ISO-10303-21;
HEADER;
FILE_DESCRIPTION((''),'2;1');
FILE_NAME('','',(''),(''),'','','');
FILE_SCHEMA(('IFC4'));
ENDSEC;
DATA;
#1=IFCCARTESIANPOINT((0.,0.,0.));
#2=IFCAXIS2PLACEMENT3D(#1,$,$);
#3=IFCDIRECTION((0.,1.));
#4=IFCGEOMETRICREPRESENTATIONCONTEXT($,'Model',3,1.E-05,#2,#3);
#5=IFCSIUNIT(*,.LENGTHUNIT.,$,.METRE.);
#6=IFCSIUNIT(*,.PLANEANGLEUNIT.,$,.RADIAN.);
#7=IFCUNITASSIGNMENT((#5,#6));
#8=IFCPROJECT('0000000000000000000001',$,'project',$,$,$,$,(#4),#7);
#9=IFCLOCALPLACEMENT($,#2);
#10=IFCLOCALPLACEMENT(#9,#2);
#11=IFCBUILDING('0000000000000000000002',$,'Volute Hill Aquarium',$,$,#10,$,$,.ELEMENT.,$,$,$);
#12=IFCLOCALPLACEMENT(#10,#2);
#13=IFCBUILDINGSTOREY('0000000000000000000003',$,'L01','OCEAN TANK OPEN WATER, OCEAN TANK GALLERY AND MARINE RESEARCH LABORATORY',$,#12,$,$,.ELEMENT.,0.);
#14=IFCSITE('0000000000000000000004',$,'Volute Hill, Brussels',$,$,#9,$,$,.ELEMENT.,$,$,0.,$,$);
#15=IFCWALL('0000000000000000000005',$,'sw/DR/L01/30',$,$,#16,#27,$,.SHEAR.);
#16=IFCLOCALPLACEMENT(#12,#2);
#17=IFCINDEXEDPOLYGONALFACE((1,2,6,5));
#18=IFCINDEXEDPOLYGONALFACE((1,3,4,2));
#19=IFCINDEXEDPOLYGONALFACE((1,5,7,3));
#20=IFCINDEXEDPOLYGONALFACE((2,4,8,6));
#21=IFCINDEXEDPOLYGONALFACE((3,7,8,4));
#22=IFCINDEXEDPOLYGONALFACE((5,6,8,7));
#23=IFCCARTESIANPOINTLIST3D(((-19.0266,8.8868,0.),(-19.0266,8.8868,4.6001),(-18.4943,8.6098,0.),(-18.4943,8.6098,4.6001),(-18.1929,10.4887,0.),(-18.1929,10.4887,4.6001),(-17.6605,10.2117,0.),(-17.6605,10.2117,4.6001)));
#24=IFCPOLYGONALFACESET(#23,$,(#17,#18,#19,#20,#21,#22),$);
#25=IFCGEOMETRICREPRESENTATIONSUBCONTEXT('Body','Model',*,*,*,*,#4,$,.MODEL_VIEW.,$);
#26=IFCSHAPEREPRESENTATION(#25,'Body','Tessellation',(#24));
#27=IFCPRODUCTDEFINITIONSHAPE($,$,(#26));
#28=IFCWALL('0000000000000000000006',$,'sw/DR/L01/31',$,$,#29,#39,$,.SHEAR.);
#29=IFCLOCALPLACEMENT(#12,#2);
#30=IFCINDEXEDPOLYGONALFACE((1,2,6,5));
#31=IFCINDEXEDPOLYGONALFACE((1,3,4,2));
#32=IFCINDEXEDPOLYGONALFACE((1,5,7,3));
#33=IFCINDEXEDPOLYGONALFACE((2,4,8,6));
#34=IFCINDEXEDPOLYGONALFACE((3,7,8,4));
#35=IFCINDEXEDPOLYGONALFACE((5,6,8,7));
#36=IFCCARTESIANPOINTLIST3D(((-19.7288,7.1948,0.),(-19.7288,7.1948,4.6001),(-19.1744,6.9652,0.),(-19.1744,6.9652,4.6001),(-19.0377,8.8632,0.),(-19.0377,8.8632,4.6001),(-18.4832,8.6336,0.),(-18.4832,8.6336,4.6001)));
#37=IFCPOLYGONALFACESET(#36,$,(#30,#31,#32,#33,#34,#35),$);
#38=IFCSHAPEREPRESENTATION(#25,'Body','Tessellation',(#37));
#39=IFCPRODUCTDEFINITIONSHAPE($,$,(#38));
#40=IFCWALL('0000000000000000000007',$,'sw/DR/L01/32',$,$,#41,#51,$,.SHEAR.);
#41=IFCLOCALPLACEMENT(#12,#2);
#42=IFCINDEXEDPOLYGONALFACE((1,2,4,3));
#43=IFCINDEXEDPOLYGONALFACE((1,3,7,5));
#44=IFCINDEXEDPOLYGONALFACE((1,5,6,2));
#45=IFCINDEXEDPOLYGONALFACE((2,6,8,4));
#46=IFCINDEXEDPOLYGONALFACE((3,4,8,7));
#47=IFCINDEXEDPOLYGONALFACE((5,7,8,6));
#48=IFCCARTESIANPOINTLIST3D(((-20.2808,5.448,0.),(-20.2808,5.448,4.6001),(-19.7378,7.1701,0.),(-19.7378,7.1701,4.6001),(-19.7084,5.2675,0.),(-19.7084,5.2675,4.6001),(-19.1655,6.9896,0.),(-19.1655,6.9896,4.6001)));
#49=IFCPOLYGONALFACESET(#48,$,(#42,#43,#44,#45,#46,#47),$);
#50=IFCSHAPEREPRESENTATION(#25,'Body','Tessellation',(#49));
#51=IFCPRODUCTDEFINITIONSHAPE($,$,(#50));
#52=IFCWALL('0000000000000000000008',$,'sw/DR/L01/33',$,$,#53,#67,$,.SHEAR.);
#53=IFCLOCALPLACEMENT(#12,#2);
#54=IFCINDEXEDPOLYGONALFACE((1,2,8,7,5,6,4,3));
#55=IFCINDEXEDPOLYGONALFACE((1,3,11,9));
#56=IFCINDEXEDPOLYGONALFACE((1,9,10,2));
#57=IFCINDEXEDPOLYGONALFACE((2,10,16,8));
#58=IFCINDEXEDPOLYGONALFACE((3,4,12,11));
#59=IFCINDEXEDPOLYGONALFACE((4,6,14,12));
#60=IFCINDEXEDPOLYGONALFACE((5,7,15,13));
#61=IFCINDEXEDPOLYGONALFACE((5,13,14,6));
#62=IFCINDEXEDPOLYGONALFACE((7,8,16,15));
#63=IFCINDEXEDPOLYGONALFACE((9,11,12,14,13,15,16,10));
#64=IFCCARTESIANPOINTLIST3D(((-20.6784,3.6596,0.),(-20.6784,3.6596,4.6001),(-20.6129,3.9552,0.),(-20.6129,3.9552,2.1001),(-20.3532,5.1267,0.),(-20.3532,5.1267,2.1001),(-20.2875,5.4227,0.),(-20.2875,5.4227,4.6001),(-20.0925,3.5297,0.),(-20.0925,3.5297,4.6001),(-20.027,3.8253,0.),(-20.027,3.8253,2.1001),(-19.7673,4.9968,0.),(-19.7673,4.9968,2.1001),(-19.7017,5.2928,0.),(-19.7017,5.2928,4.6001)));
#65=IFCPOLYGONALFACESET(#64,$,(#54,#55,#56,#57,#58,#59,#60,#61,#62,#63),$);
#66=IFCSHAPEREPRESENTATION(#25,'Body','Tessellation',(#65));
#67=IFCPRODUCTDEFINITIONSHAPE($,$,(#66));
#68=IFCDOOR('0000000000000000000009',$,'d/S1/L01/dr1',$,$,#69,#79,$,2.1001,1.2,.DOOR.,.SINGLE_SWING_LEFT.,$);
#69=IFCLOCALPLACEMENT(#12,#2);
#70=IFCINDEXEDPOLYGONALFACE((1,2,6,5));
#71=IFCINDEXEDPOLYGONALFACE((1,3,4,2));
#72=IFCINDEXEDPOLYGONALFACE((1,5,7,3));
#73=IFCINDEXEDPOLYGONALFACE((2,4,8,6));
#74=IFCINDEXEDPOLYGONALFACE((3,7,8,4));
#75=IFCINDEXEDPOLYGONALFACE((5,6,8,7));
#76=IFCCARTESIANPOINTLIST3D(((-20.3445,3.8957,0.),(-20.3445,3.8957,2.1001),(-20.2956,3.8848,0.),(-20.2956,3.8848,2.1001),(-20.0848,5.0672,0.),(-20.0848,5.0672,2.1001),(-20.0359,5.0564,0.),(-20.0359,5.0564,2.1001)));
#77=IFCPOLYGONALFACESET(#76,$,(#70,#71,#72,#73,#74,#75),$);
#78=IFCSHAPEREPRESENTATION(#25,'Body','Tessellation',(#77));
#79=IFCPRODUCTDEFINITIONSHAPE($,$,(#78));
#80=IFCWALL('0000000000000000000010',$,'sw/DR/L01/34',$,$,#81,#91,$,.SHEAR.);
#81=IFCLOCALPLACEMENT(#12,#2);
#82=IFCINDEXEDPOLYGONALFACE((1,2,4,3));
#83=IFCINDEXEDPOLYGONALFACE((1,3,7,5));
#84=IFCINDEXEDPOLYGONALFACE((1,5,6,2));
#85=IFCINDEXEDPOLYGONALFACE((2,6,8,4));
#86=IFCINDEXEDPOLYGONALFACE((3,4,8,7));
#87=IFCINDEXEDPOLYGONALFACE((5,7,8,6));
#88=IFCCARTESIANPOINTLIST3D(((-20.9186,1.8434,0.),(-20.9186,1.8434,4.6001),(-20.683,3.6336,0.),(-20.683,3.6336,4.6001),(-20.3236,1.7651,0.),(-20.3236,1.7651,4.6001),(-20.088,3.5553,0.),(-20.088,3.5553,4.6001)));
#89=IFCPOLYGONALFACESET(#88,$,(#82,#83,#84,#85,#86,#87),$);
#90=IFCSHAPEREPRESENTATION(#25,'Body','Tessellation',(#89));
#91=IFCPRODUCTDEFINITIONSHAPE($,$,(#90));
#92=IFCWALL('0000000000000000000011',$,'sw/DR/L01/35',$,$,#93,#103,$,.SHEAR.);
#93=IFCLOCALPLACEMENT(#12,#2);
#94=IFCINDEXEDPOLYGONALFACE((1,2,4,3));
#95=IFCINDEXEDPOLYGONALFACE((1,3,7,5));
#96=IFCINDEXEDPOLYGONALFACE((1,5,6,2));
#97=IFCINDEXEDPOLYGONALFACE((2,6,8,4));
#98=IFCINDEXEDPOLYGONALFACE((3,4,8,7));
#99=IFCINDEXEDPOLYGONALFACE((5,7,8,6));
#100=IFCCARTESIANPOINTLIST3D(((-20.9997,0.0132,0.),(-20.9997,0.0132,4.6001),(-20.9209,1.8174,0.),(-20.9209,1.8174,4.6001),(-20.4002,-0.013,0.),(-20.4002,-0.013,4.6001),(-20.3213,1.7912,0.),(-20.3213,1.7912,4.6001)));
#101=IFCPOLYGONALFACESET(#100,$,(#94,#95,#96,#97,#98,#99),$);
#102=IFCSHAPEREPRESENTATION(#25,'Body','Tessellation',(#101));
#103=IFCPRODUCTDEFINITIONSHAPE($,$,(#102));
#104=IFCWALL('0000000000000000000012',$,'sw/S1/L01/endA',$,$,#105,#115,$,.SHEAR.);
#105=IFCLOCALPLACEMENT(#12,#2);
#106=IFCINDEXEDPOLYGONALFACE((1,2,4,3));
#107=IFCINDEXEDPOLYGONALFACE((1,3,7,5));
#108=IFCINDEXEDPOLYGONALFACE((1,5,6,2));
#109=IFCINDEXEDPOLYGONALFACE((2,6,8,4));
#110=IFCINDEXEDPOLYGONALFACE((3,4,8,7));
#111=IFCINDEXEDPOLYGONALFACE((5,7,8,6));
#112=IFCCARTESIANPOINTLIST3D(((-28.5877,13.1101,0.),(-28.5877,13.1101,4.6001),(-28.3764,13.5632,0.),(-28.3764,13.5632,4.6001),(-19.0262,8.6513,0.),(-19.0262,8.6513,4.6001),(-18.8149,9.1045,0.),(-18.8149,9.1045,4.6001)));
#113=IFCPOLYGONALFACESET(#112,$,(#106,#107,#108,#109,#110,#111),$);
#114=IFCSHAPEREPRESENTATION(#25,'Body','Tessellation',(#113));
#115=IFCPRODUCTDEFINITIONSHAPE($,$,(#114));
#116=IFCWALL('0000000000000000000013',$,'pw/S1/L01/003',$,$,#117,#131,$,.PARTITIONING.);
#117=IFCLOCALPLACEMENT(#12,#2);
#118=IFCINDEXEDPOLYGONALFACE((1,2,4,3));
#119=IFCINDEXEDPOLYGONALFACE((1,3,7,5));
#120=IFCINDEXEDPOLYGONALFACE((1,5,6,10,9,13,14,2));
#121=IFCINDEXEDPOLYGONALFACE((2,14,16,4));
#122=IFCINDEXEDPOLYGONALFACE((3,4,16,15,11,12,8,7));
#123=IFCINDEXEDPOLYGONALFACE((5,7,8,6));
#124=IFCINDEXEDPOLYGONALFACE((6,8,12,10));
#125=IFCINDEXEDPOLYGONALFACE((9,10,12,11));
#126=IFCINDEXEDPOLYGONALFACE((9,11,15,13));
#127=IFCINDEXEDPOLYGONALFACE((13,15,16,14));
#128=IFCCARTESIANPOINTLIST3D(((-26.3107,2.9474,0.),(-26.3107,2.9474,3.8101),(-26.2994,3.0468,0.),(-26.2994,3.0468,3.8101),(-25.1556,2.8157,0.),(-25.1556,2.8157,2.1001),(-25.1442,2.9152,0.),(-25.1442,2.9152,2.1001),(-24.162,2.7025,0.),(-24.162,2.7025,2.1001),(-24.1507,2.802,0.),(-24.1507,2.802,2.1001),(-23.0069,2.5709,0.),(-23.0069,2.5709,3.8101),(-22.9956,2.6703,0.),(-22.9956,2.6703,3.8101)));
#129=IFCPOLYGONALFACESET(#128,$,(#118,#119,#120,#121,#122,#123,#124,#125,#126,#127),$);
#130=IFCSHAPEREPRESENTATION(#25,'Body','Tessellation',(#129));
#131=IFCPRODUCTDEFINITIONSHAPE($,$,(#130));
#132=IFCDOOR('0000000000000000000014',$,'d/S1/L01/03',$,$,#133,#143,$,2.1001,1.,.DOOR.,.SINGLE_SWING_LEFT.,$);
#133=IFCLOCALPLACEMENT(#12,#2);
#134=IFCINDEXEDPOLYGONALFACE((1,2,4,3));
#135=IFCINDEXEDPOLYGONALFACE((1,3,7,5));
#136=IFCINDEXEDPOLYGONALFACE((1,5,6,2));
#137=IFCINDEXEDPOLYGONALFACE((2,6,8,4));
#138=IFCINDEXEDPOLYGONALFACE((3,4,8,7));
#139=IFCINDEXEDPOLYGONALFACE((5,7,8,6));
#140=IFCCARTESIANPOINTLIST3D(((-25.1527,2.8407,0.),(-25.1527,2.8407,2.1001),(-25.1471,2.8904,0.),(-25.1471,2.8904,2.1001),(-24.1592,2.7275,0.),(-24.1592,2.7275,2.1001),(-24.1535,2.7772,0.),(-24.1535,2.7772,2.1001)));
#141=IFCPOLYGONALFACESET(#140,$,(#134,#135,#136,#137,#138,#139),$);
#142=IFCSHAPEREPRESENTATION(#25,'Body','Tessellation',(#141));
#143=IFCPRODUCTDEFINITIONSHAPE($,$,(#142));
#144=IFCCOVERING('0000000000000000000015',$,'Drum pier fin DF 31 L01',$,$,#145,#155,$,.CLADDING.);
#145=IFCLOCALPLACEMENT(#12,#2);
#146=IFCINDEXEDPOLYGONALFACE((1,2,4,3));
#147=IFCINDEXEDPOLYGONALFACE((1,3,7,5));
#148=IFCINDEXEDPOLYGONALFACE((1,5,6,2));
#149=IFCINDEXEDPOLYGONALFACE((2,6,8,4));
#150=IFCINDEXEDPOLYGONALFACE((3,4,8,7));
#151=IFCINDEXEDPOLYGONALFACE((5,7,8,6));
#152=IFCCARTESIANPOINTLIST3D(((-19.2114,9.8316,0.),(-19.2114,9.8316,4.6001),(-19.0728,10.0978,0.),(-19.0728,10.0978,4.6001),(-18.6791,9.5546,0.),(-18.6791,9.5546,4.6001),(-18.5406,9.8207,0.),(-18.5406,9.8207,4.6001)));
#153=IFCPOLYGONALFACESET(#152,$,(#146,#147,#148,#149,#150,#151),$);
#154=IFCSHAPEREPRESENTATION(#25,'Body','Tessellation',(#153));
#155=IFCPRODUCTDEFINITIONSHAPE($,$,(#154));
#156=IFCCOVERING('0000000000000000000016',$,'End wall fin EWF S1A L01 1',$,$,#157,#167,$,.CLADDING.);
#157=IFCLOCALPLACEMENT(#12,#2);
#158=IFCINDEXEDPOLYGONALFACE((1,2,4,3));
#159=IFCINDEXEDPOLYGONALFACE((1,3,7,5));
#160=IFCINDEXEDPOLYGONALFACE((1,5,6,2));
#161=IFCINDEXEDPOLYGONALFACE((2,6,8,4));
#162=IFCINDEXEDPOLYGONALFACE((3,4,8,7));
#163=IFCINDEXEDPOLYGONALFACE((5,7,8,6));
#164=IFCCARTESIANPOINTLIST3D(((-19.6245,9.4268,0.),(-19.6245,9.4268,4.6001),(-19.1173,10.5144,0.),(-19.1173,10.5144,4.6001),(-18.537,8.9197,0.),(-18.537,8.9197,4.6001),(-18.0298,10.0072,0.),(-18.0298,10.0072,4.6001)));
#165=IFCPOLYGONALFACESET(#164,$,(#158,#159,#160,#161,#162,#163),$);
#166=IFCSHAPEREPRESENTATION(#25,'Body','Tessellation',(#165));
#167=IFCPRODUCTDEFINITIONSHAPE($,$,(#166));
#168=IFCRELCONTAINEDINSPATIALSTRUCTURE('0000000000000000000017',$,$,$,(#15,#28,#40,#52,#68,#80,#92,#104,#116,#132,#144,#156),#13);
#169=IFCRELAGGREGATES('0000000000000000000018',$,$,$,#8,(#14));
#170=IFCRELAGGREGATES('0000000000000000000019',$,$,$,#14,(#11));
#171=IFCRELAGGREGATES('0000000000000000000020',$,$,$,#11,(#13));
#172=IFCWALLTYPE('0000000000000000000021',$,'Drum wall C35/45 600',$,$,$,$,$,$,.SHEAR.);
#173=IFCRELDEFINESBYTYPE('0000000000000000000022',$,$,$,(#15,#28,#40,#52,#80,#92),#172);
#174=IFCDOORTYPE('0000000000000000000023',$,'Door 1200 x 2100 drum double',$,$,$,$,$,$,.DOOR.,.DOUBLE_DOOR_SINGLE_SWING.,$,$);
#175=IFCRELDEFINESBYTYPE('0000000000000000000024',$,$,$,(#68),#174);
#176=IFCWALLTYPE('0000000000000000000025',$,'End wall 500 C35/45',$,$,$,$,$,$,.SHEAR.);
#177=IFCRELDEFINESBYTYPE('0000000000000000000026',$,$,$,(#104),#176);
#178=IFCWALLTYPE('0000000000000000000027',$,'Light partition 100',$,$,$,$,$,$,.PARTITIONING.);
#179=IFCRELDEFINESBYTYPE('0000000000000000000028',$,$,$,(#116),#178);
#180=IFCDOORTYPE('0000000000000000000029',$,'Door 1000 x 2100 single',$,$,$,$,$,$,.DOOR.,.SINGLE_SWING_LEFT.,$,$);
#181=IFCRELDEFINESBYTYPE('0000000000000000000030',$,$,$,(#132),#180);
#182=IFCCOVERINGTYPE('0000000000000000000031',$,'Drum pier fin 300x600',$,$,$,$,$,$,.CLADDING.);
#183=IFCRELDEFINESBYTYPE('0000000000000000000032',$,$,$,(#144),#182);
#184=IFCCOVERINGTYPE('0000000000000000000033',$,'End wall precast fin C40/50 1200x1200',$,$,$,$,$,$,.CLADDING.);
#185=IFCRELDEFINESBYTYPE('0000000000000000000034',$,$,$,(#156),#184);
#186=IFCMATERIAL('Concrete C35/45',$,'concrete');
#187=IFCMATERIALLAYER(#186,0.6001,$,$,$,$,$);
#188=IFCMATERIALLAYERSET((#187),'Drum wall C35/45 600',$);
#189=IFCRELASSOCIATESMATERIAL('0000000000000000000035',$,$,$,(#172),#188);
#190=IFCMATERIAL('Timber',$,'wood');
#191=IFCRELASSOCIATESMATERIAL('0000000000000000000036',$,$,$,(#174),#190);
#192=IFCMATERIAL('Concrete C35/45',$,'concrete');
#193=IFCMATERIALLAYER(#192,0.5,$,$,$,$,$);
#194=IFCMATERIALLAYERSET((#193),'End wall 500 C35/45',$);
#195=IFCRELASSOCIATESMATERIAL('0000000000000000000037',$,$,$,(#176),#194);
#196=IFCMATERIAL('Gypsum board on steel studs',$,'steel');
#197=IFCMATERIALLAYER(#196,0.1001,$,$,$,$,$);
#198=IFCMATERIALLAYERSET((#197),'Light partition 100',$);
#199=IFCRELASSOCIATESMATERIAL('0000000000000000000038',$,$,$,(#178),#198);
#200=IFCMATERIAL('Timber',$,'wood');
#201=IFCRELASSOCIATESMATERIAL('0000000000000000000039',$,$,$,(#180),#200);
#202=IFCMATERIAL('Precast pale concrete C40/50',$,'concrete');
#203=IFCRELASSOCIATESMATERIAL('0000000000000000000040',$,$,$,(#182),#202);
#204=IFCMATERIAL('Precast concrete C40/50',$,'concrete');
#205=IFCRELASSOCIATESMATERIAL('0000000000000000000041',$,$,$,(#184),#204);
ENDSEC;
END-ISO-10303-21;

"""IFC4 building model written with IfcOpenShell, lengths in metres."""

from ifc_helpers import new_model, si_unit, direction, frame, frame_2d, origin, origin_2d, place, context, subcontext, project, spatial, rectangle, extrude, material, layer, layer_set, type_object, element, fill, save


model = new_model("IFC4")

# Units and contexts
model_context = context("Model", 3, precision=1e-05, world=origin(), true_north=direction((0.0, 1.0)))
body_context = subcontext(model_context, "Body", "Model", "MODEL_VIEW")
ifc_project = project(units=[si_unit("LENGTHUNIT", "METRE"), si_unit("PLANEANGLEUNIT", "RADIAN")], contexts=[model_context])

# Site, building, storey
site_placement = place(None, origin())
site = spatial("IfcSite", under=ifc_project, at=site_placement, Name="Volute Hill, Brussels", CompositionType="ELEMENT", RefElevation=0.0)
building_placement = place(site_placement, origin())
building = spatial("IfcBuilding", under=site, at=building_placement, Name="Volute Hill Aquarium", CompositionType="ELEMENT")
storey_placement = place(building_placement, origin())
storey = spatial("IfcBuildingStorey", under=building, at=storey_placement, Name="L01", Description="OCEAN TANK OPEN WATER, OCEAN TANK GALLERY AND MARINE RESEARCH LABORATORY", CompositionType="ELEMENT", Elevation=0.0)

# Walls
ifc_material_1 = material(Name="Concrete C35/45", Category="concrete")
ifc_layer_1 = layer(ifc_material_1, 0.6001)
ifc_layer_set_1 = layer_set([ifc_layer_1], Name="Drum wall C35/45 600")
wall_type_1 = type_object("IfcWallType", Name="Drum wall C35/45 600", PredefinedType="SHEAR", material=ifc_layer_set_1)
for number, where, z_axis, x_axis, name in (
    (1, (-17.9268, 10.3501, 0.0), (0.0, 0.0, 1.0), (-0.461702, -0.887035, 0.0), "sw/DR/L01/30"),
    (2, (-18.7605, 8.7483, 0.0), (0.0, 0.0, 1.0), (-0.382714, -0.923867, 0.0), "sw/DR/L01/31"),
):
    element("IfcWall", number, at=place(storey_placement, frame(where, z_axis=z_axis, x_axis=x_axis)), inside=storey, type_object=wall_type_1, Name=name, PredefinedType="SHEAR", context=body_context, shape_type="SweptSolid", body=[
        extrude(rectangle(XDim=1.8059, YDim=0.6001, at=frame_2d((0.9028, 0.0))), origin(), (0.0, 0.0, 1.0), 4.6001),
    ])
wall_1_placement = place(storey_placement, frame((-19.4517, 7.0798, 0.0), z_axis=(0.0, 0.0, 1.0), x_axis=(-0.300691, -0.953722, 0.0)))
element("IfcWall", 3, at=wall_1_placement, inside=storey, type_object=wall_type_1, Name="sw/DR/L01/32", PredefinedType="SHEAR", context=body_context, shape_type="SweptSolid", body=[
    extrude(rectangle(XDim=1.8057, YDim=0.6001, at=frame_2d((0.9028, 0.0))), origin(), (0.0, 0.0, 1.0), 4.6001),
])

# Wall, opening, door
wall_2_placement = place(storey_placement, frame((-19.9946, 5.3577, 0.0), z_axis=(0.0, 0.0, 1.0), x_axis=(-0.216429, -0.976298, 0.0)))
wall_2 = element("IfcWall", 4, at=wall_2_placement, inside=storey, type_object=wall_type_1, Name="sw/DR/L01/33", PredefinedType="SHEAR", context=body_context, shape_type="SweptSolid", body=[
    extrude(rectangle(XDim=1.8059, YDim=0.6001, at=frame_2d((0.9028, 0.0))), origin(), (0.0, 0.0, 1.0), 4.6001),
])
opening_1_placement = place(wall_2_placement, frame((0.303, 0.0, 0.0)))
opening_1 = element("IfcOpeningElement", 5, at=opening_1_placement, cuts=wall_2, PredefinedType="OPENING", context=body_context, shape_type="SweptSolid", body=[
    extrude(rectangle(XDim=1.2, YDim=2.1001, at=frame_2d((0.6001, 1.05))), frame((0.0, 0.3101, 0.0), z_axis=(0.0, -1.0, 0.0), x_axis=(1.0, 0.0, 0.0)), (0.0, 0.0, 1.0), 0.6201),
])
ifc_material_2 = material(Name="Timber", Category="wood")
door_type_1 = type_object("IfcDoorType", Name="Door 1200 x 2100 drum double", OperationType="DOUBLE_DOOR_SINGLE_SWING", PredefinedType="DOOR", material=ifc_material_2)
door_1_placement = place(opening_1_placement, origin())
door_1 = element("IfcDoor", 6, at=door_1_placement, inside=storey, type_object=door_type_1, Name="d/S1/L01/dr1", OperationType="SINGLE_SWING_LEFT", OverallHeight=2.1001, OverallWidth=1.2, PredefinedType="DOOR", context=body_context, shape_type="SweptSolid", body=[
    extrude(rectangle(XDim=1.2, YDim=2.1001, at=frame_2d((0.6001, 1.05))), frame((0.0, 0.0249, 0.0), z_axis=(0.0, -1.0, 0.0), x_axis=(1.0, 0.0, 0.0)), (0.0, 0.0, 1.0), 0.05),
])
fill(opening_1, door_1)

# Walls
wall_3_placement = place(storey_placement, frame((-20.3855, 3.5945, 0.0), z_axis=(0.0, 0.0, 1.0), x_axis=(-0.130472, -0.991452, 0.0)))
element("IfcWall", 7, at=wall_3_placement, inside=storey, type_object=wall_type_1, Name="sw/DR/L01/34", PredefinedType="SHEAR", context=body_context, shape_type="SweptSolid", body=[
    extrude(rectangle(XDim=1.8057, YDim=0.6001, at=frame_2d((0.9028, 0.0))), origin(), (0.0, 0.0, 1.0), 4.6001),
])
wall_4_placement = place(storey_placement, frame((-20.6211, 1.8042, 0.0), z_axis=(0.0, 0.0, 1.0), x_axis=(-0.043666, -0.999046, 0.0)))
element("IfcWall", 8, at=wall_4_placement, inside=storey, type_object=wall_type_1, Name="sw/DR/L01/35", PredefinedType="SHEAR", context=body_context, shape_type="SweptSolid", body=[
    extrude(rectangle(XDim=1.8059, YDim=0.6001, at=frame_2d((0.9028, 0.0))), origin(), (0.0, 0.0, 1.0), 4.6001),
])
ifc_material_3 = material(Name="Concrete C35/45", Category="concrete")
ifc_layer_2 = layer(ifc_material_3, 0.5)
ifc_layer_set_2 = layer_set([ifc_layer_2], Name="End wall 500 C35/45")
wall_type_2 = type_object("IfcWallType", Name="End wall 500 C35/45", PredefinedType="SHEAR", material=ifc_layer_set_2)
wall_5_placement = place(storey_placement, frame((-18.9207, 8.8779, 0.0), z_axis=(0.0, 0.0, 1.0), x_axis=(-0.906303, 0.422628, 0.0)))
element("IfcWall", 9, at=wall_5_placement, inside=storey, type_object=wall_type_2, Name="sw/S1/L01/endA", PredefinedType="SHEAR", context=body_context, shape_type="SweptSolid", body=[
    extrude(rectangle(XDim=10.55, YDim=0.5, at=frame_2d((5.2749, 0.0))), origin(), (0.0, 0.0, 1.0), 4.6001),
])

# Wall, opening, door
ifc_material_4 = material(Name="Gypsum board on steel studs", Category="steel")
ifc_layer_3 = layer(ifc_material_4, 0.1001)
ifc_layer_set_3 = layer_set([ifc_layer_3], Name="Light partition 100")
wall_type_3 = type_object("IfcWallType", Name="Light partition 100", PredefinedType="PARTITIONING", material=ifc_layer_set_3)
wall_6_placement = place(storey_placement, frame((-23.0012, 2.6206, 0.0), z_axis=(0.0, 0.0, 1.0), x_axis=(-0.99357, 0.113219, 0.0)))
wall_6 = element("IfcWall", 10, at=wall_6_placement, inside=storey, type_object=wall_type_3, Name="pw/S1/L01/003", PredefinedType="PARTITIONING", context=body_context, shape_type="SweptSolid", body=[
    extrude(rectangle(XDim=3.3252, YDim=0.1001, at=frame_2d((1.6626, 0.0))), origin(), (0.0, 0.0, 1.0), 3.8101),
])
opening_2_placement = place(wall_6_placement, frame((1.1626, 0.0, 0.0)))
opening_2 = element("IfcOpeningElement", 11, at=opening_2_placement, cuts=wall_6, PredefinedType="OPENING", context=body_context, shape_type="SweptSolid", body=[
    extrude(rectangle(XDim=1.0, YDim=2.1001, at=frame_2d((0.5, 1.05))), frame((0.0, 0.0601, 0.0), z_axis=(0.0, -1.0, 0.0), x_axis=(1.0, 0.0, 0.0)), (0.0, 0.0, 1.0), 0.1201),
])
ifc_material_5 = material(Name="Timber", Category="wood")
door_type_2 = type_object("IfcDoorType", Name="Door 1000 x 2100 single", OperationType="SINGLE_SWING_LEFT", PredefinedType="DOOR", material=ifc_material_5)
door_2_placement = place(opening_2_placement, origin())
door_2 = element("IfcDoor", 12, at=door_2_placement, inside=storey, type_object=door_type_2, Name="d/S1/L01/03", OperationType="SINGLE_SWING_LEFT", OverallHeight=2.1001, OverallWidth=1.0, PredefinedType="DOOR", context=body_context, shape_type="SweptSolid", body=[
    extrude(rectangle(XDim=1.0, YDim=2.1001, at=frame_2d((0.5, 1.05))), frame((0.0, 0.0249, 0.0), z_axis=(0.0, -1.0, 0.0), x_axis=(1.0, 0.0, 0.0)), (0.0, 0.0, 1.0), 0.05),
])
fill(opening_2, door_2)

# Coverings
ifc_material_6 = material(Name="Precast pale concrete C40/50", Category="concrete")
covering_type_1 = type_object("IfcCoveringType", Name="Drum pier fin 300x600", PredefinedType="CLADDING", material=ifc_material_6)
covering_1_placement = place(storey_placement, frame((-18.876, 9.8262, 0.0), z_axis=(0.0, 0.0, 1.0), x_axis=(-0.461749, -0.887011, 0.0)))
element("IfcCovering", 13, at=covering_1_placement, inside=storey, type_object=covering_type_1, Name="Drum pier fin DF 31 L01", PredefinedType="CLADDING", context=body_context, shape_type="SweptSolid", body=[
    extrude(rectangle(XDim=0.3, YDim=0.6001, at=origin_2d()), origin(), (0.0, 0.0, 1.0), 4.6001),
])
ifc_material_7 = material(Name="Precast concrete C40/50", Category="concrete")
covering_type_2 = type_object("IfcCoveringType", Name="End wall precast fin C40/50 1200x1200", PredefinedType="CLADDING", material=ifc_material_7)
covering_2_placement = place(storey_placement, frame((-18.8271, 9.717, 0.0), z_axis=(0.0, 0.0, 1.0), x_axis=(-0.906304, 0.422626, 0.0)))
element("IfcCovering", 14, at=covering_2_placement, inside=storey, type_object=covering_type_2, Name="End wall fin EWF S1A L01 1", PredefinedType="CLADDING", context=body_context, shape_type="SweptSolid", body=[
    extrude(rectangle(XDim=1.2, YDim=1.2, at=origin_2d()), origin(), (0.0, 0.0, 1.0), 4.6001),
])

save(model, "model.ifc")
